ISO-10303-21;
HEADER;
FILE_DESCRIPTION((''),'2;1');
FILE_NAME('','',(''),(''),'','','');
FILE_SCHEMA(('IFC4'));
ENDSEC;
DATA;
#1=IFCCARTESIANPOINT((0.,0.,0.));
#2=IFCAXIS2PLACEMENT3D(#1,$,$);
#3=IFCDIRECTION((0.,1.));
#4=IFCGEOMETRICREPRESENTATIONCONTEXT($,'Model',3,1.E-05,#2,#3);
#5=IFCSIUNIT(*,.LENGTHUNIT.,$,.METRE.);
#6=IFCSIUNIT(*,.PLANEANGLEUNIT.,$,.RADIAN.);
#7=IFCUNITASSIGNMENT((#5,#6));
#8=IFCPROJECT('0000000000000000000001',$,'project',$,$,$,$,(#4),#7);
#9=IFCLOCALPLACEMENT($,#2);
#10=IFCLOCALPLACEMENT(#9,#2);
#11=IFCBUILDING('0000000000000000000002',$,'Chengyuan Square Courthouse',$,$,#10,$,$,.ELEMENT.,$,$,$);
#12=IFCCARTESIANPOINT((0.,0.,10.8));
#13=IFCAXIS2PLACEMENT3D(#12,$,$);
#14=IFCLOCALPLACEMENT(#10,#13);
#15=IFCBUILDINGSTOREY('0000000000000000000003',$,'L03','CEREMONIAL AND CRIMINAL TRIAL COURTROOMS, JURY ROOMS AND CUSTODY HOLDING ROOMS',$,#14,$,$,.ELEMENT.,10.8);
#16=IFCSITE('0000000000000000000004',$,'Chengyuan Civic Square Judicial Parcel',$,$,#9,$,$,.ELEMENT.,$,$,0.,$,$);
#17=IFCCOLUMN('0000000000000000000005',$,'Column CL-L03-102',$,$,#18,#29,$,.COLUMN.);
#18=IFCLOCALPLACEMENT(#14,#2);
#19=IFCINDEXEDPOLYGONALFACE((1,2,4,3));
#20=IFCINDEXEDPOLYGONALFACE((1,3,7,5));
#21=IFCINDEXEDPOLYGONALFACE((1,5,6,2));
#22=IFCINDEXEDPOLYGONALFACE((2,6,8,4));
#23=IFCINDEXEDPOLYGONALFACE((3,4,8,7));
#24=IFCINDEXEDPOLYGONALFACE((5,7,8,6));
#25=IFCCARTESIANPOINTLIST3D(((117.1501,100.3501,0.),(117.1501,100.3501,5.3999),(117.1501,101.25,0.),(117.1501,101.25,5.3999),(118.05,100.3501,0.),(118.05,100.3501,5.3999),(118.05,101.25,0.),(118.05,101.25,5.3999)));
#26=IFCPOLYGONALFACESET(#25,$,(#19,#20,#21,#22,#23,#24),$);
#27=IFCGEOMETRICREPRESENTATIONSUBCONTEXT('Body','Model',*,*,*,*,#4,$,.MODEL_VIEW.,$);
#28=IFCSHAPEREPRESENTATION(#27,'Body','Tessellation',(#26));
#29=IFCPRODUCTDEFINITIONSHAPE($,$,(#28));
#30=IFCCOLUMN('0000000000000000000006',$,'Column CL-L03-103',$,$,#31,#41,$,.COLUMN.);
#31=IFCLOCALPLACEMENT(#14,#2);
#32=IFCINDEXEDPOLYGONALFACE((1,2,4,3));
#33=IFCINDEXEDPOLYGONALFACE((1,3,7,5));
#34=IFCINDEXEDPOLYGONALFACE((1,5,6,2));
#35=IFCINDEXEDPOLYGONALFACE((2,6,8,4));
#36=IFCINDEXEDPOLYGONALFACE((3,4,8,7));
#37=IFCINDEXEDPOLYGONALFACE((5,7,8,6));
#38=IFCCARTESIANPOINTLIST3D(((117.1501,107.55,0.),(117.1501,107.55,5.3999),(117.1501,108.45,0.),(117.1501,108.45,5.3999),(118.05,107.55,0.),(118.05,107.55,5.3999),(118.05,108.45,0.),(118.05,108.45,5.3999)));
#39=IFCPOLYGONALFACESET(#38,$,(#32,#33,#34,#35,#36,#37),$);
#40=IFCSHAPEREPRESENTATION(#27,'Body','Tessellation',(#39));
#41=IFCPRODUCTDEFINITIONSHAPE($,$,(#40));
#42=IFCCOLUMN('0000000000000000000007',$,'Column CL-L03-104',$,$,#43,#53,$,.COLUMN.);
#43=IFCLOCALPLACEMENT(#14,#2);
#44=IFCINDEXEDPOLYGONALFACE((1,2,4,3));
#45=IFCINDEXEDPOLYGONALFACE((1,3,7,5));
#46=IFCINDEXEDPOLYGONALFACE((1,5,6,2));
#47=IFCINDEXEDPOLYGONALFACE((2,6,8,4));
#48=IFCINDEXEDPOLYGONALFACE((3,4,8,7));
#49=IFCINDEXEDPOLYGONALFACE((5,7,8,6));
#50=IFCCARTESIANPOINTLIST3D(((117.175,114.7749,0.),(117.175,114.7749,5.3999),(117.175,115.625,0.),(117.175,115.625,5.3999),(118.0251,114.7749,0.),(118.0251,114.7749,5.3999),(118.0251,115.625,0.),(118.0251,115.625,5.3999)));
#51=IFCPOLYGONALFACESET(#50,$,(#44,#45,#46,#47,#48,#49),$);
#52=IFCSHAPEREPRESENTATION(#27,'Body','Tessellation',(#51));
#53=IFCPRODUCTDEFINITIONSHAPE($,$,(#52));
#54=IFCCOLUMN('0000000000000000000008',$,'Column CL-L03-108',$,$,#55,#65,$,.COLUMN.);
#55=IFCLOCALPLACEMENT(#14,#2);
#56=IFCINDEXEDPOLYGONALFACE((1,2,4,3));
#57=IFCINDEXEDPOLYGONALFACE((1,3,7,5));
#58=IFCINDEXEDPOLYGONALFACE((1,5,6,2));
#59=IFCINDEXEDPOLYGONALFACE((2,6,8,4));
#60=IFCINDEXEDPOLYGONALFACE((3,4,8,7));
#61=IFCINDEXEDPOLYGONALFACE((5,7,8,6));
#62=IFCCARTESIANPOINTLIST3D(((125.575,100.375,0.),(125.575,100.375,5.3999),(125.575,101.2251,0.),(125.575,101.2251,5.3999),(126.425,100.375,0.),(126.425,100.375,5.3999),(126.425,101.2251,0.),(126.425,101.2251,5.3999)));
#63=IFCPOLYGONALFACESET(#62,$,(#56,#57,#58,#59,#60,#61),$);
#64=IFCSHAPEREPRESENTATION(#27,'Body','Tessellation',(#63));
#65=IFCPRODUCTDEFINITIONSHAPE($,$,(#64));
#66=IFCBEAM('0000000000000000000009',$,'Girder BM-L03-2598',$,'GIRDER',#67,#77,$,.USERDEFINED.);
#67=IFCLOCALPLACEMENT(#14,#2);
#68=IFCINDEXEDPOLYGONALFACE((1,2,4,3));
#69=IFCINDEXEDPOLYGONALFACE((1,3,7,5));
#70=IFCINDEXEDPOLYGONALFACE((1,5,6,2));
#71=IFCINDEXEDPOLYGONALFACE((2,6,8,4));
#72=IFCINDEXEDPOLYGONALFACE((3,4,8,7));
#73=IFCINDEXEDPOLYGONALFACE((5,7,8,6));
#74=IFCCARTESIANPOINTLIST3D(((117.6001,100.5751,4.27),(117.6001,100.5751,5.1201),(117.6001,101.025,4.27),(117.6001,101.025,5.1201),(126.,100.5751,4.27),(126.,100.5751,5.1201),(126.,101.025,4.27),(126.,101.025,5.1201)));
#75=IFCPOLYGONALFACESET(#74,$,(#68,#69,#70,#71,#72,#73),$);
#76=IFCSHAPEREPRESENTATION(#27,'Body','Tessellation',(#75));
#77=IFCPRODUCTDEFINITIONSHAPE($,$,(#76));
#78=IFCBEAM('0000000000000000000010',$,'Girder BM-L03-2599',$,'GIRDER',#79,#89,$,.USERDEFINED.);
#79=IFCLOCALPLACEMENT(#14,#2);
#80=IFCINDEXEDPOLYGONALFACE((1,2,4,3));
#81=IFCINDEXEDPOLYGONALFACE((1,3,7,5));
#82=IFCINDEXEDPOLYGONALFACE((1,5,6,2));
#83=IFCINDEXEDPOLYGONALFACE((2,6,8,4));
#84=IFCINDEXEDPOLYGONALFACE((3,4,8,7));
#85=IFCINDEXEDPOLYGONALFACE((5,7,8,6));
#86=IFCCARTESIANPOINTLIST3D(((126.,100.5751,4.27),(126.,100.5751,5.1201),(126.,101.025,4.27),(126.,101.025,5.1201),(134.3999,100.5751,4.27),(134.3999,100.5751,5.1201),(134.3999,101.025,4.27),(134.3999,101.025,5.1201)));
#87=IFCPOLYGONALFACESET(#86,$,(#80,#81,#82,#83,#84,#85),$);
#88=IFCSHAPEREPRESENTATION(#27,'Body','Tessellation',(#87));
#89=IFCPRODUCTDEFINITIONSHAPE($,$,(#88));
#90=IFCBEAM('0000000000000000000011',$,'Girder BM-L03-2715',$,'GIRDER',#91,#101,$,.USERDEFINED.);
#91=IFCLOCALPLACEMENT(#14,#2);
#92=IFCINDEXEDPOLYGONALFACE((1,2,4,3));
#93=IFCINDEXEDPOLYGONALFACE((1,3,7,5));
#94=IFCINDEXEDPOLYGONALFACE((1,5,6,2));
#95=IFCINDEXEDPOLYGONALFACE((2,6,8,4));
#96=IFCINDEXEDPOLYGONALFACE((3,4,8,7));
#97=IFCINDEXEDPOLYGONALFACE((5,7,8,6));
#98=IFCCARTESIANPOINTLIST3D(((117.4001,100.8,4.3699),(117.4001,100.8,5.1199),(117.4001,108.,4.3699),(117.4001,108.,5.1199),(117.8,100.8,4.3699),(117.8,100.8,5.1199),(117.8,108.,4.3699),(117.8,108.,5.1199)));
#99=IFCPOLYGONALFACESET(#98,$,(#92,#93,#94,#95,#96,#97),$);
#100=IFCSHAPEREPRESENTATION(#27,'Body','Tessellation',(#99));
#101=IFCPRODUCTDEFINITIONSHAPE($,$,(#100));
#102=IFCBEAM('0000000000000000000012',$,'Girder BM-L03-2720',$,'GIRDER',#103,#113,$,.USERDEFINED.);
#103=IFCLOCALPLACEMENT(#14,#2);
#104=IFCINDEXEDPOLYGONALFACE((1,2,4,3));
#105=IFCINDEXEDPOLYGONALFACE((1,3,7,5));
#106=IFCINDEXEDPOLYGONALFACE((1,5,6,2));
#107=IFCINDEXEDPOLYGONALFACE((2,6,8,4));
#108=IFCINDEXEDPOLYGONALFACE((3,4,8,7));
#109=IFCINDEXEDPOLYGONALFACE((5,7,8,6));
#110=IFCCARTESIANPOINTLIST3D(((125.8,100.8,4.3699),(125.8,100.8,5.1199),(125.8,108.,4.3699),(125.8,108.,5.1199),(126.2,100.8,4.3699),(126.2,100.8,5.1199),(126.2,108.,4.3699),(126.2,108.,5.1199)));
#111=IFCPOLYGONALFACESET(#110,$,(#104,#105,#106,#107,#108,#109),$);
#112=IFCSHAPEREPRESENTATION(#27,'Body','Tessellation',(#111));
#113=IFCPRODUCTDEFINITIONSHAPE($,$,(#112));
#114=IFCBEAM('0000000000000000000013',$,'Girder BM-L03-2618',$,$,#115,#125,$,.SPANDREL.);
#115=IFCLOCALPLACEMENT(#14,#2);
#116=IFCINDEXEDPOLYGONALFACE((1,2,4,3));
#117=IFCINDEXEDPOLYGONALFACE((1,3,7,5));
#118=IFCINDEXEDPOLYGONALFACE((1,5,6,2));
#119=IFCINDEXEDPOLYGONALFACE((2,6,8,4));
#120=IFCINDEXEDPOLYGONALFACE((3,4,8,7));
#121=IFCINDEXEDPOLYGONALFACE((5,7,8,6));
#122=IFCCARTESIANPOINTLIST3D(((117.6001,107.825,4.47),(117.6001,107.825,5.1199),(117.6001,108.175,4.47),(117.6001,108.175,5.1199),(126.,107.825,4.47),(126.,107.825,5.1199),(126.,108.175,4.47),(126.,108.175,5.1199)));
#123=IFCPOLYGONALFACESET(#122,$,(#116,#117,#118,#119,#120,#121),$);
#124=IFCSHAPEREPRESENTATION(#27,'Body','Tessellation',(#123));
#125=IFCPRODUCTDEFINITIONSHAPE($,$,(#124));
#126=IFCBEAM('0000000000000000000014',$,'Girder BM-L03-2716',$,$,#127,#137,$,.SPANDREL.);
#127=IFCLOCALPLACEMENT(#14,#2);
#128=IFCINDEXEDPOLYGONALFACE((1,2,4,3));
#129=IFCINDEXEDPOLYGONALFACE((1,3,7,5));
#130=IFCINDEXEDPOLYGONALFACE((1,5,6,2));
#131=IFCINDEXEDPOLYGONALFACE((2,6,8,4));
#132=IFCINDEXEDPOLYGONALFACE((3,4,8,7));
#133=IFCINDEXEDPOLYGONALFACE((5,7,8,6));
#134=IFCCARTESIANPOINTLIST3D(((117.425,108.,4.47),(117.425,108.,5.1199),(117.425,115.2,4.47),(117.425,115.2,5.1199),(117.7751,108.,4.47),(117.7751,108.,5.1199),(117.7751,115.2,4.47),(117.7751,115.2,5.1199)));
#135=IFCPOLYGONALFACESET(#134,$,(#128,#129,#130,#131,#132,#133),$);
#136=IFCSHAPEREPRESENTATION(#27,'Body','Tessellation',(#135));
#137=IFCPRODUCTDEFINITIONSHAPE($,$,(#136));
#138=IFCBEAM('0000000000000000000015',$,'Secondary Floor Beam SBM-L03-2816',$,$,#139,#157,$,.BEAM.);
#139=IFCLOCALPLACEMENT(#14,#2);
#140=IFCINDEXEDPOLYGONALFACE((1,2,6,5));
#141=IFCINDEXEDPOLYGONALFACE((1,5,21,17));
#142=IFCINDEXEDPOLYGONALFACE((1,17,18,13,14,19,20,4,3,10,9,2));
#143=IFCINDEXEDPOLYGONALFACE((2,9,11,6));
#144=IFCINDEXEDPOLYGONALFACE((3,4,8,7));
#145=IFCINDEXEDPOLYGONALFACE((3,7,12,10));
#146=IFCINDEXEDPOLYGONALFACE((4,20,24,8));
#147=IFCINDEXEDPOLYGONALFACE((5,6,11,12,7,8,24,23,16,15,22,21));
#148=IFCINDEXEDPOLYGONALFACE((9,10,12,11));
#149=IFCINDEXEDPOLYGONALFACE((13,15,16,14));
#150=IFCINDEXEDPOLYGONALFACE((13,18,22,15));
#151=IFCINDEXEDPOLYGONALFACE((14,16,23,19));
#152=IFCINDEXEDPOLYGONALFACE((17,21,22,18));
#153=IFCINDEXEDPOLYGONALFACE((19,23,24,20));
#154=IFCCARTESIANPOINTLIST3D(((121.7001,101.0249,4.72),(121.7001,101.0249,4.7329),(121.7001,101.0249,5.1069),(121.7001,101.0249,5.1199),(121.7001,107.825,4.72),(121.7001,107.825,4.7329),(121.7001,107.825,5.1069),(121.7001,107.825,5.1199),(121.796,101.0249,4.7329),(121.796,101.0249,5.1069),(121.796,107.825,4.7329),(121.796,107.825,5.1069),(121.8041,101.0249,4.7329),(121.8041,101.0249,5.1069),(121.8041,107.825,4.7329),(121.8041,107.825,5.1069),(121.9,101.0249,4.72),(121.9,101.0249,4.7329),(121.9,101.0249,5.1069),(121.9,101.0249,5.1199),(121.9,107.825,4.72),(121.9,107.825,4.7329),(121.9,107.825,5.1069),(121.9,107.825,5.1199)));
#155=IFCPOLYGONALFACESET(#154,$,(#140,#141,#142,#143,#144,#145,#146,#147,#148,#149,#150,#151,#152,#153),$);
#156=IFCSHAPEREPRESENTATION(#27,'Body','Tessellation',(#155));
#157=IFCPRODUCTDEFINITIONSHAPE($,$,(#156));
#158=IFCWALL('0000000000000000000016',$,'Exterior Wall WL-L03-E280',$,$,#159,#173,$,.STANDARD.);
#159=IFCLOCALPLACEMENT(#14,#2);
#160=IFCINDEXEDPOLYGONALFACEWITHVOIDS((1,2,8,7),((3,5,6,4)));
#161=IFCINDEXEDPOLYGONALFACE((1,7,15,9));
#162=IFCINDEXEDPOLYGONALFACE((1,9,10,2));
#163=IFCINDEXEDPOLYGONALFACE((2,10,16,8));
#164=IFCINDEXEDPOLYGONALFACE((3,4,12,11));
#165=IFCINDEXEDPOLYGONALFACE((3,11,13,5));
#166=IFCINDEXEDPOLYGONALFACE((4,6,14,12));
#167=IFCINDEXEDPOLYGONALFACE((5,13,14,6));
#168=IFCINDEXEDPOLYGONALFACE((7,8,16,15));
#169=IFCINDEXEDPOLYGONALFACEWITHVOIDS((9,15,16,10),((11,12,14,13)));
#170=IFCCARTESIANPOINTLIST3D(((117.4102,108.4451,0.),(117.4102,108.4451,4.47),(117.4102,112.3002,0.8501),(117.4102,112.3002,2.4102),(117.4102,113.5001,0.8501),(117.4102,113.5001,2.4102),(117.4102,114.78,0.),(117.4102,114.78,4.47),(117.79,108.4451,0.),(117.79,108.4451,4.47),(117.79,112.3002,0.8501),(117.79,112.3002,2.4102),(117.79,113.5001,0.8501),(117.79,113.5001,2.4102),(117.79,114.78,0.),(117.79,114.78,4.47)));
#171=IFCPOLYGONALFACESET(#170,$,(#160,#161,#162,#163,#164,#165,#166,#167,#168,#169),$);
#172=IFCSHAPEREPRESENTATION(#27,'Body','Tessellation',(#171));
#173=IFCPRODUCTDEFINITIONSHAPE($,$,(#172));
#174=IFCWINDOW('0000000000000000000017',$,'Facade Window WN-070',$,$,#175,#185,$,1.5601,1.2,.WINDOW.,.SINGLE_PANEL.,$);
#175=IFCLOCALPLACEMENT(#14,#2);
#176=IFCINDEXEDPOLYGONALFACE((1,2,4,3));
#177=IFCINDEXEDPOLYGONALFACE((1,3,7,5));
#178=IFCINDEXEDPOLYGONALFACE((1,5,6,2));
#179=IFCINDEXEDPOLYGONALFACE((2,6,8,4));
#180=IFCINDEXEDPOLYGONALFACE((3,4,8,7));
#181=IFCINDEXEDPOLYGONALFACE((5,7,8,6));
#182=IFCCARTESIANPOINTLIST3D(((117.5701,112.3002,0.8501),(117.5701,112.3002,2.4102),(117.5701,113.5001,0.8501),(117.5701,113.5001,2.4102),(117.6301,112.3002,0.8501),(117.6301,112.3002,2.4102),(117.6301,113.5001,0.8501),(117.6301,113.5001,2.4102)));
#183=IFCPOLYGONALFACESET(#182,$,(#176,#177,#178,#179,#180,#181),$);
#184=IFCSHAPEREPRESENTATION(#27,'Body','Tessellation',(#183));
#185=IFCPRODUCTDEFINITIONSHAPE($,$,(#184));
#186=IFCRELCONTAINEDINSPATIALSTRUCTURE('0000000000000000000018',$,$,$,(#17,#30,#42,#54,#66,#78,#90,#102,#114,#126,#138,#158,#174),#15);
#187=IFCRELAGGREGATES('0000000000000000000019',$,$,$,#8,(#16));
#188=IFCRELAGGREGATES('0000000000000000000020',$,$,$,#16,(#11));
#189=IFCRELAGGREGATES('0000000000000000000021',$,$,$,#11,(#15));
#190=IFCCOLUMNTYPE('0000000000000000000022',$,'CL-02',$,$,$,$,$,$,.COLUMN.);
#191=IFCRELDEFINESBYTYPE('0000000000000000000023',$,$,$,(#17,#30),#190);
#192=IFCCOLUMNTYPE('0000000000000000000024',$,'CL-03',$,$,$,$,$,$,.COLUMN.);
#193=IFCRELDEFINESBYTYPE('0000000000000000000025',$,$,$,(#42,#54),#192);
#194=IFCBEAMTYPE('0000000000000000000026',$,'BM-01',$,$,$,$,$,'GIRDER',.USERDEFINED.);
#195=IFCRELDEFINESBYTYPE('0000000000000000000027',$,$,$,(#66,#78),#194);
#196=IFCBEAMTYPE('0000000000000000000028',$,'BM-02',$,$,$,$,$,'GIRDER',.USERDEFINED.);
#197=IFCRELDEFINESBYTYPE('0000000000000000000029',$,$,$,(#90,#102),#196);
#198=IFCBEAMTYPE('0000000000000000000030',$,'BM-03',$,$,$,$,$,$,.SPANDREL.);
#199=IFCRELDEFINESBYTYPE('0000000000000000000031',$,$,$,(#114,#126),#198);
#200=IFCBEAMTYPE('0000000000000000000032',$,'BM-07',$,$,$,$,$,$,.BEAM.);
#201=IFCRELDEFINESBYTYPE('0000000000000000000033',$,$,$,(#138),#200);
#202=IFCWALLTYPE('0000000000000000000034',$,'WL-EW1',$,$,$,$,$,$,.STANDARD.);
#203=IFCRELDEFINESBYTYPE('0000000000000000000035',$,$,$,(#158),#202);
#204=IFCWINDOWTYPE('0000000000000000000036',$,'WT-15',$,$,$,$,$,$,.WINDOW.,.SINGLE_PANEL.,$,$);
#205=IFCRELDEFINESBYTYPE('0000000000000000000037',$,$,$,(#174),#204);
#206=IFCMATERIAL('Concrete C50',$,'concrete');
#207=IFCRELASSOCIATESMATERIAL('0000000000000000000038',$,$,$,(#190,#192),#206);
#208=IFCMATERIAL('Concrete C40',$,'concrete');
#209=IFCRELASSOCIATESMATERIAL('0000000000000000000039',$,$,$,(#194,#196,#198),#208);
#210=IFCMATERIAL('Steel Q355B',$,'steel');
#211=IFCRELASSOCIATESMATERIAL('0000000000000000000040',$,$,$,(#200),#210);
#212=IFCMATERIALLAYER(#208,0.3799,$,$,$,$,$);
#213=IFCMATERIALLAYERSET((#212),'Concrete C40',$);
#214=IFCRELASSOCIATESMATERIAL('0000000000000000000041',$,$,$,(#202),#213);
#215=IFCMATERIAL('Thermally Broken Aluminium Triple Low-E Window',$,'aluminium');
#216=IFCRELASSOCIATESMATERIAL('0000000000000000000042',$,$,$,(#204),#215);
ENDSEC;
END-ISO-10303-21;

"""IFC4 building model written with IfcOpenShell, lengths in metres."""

from ifc_helpers import new_model, si_unit, direction, frame, frame_2d, origin, origin_2d, place, context, subcontext, project, spatial, rectangle, i_section, extrude, material, layer, layer_set, material_profile, profile_set, type_object, element, fill, save


model = new_model("IFC4")

# Units and contexts
model_context = context("Model", 3, precision=1e-05, world=origin(), true_north=direction((0.0, 1.0)))
body_context = subcontext(model_context, "Body", "Model", "MODEL_VIEW")
ifc_project = project(units=[si_unit("LENGTHUNIT", "METRE"), si_unit("PLANEANGLEUNIT", "RADIAN")], contexts=[model_context])

# Site, building, storey
site_placement = place(None, origin())
site = spatial("IfcSite", under=ifc_project, at=site_placement, Name="Chengyuan Civic Square Judicial Parcel", CompositionType="ELEMENT", RefElevation=0.0)
building_placement = place(site_placement, origin())
building = spatial("IfcBuilding", under=site, at=building_placement, Name="Chengyuan Square Courthouse", CompositionType="ELEMENT")
storey_placement = place(building_placement, frame((0.0, 0.0, 10.8)))
storey = spatial("IfcBuildingStorey", under=building, at=storey_placement, Name="L03", Description="CEREMONIAL AND CRIMINAL TRIAL COURTROOMS, JURY ROOMS AND CUSTODY HOLDING ROOMS", CompositionType="ELEMENT", Elevation=10.8)

# Columns
ifc_material_1 = material(Name="Concrete C50", Category="concrete")
ifc_material_profile_1 = material_profile(ifc_material_1, rectangle(XDim=0.8999, YDim=0.8999, at=origin_2d()), Name="RC-COL-900x900")
ifc_profile_set_1 = profile_set([ifc_material_profile_1], Name="Concrete C50")
column_type_1 = type_object("IfcColumnType", Name="CL-02", PredefinedType="COLUMN", material=ifc_profile_set_1)
for number, where, z_axis, x_axis, name in (
    (1, (117.6001, 100.8, 0.0), (0.0, 0.0, 1.0), (1.0, 0.0, 0.0), "Column CL-L03-102"),
    (2, (117.6001, 108.0, 0.0), (0.0, 0.0, 1.0), (1.0, 0.0, 0.0), "Column CL-L03-103"),
):
    element("IfcColumn", number, at=place(storey_placement, frame(where, z_axis=z_axis, x_axis=x_axis)), inside=storey, type_object=column_type_1, Name=name, PredefinedType="COLUMN", context=body_context, shape_type="SweptSolid", body=[
        extrude(rectangle(XDim=0.8999, YDim=0.8999, at=origin_2d()), origin(), (0.0, 0.0, 1.0), 5.3999),
    ])
ifc_material_profile_2 = material_profile(ifc_material_1, rectangle(XDim=0.8501, YDim=0.8501, at=origin_2d()), Name="RC-COL-850x850")
ifc_profile_set_2 = profile_set([ifc_material_profile_2], Name="Concrete C50")
column_type_2 = type_object("IfcColumnType", Name="CL-03", PredefinedType="COLUMN", material=ifc_profile_set_2)
for number, where, z_axis, x_axis, name in (
    (3, (117.6001, 115.2, 0.0), (0.0, 0.0, 1.0), (1.0, 0.0, 0.0), "Column CL-L03-104"),
    (4, (126.0, 100.8, 0.0), (0.0, 0.0, 1.0), (1.0, 0.0, 0.0), "Column CL-L03-108"),
):
    element("IfcColumn", number, at=place(storey_placement, frame(where, z_axis=z_axis, x_axis=x_axis)), inside=storey, type_object=column_type_2, Name=name, PredefinedType="COLUMN", context=body_context, shape_type="SweptSolid", body=[
        extrude(rectangle(XDim=0.8501, YDim=0.8501, at=origin_2d()), origin(), (0.0, 0.0, 1.0), 5.3999),
    ])

# Beams
ifc_material_2 = material(Name="Concrete C40", Category="concrete")
ifc_material_profile_3 = material_profile(ifc_material_2, rectangle(XDim=0.45, YDim=0.8501, at=origin_2d()), Name="RC-BM-450x850")
ifc_profile_set_3 = profile_set([ifc_material_profile_3], Name="Concrete C40")
beam_type_1 = type_object("IfcBeamType", Name="BM-01", ElementType="GIRDER", PredefinedType="USERDEFINED", material=ifc_profile_set_3)
for number, where, z_axis, x_axis, name in (
    (5, (117.6001, 100.8, 4.6951), (1.0, 0.0, 0.0), (0.0, 1.0, 0.0), "Girder BM-L03-2598"),
    (6, (126.0, 100.8, 4.6951), (1.0, 0.0, 0.0), (0.0, 1.0, 0.0), "Girder BM-L03-2599"),
):
    element("IfcBeam", number, at=place(storey_placement, frame(where, z_axis=z_axis, x_axis=x_axis)), inside=storey, type_object=beam_type_1, Name=name, ObjectType="GIRDER", PredefinedType="USERDEFINED", context=body_context, shape_type="SweptSolid", body=[
        extrude(rectangle(XDim=0.45, YDim=0.8501, at=origin_2d()), origin(), (0.0, 0.0, 1.0), 8.3999),
    ])
ifc_material_profile_4 = material_profile(ifc_material_2, rectangle(XDim=0.3999, YDim=0.75, at=origin_2d()), Name="RC-BM-400x750")
ifc_profile_set_4 = profile_set([ifc_material_profile_4], Name="Concrete C40")
beam_type_2 = type_object("IfcBeamType", Name="BM-02", ElementType="GIRDER", PredefinedType="USERDEFINED", material=ifc_profile_set_4)
for number, where, z_axis, x_axis, name in (
    (7, (117.6001, 100.8, 4.7449), (0.0, 1.0, 0.0), (-1.0, 0.0, 0.0), "Girder BM-L03-2715"),
    (8, (126.0, 100.8, 4.7449), (0.0, 1.0, 0.0), (-1.0, 0.0, 0.0), "Girder BM-L03-2720"),
):
    element("IfcBeam", number, at=place(storey_placement, frame(where, z_axis=z_axis, x_axis=x_axis)), inside=storey, type_object=beam_type_2, Name=name, ObjectType="GIRDER", PredefinedType="USERDEFINED", context=body_context, shape_type="SweptSolid", body=[
        extrude(rectangle(XDim=0.3999, YDim=0.75, at=origin_2d()), origin(), (0.0, 0.0, 1.0), 7.2),
    ])
ifc_material_profile_5 = material_profile(ifc_material_2, rectangle(XDim=0.3501, YDim=0.6499, at=origin_2d()), Name="RC-BM-350x650")
ifc_profile_set_5 = profile_set([ifc_material_profile_5], Name="Concrete C40")
beam_type_3 = type_object("IfcBeamType", Name="BM-03", PredefinedType="SPANDREL", material=ifc_profile_set_5)
beam_1_placement = place(storey_placement, frame((117.6001, 108.0, 4.7949), z_axis=(1.0, 0.0, 0.0), x_axis=(0.0, 1.0, 0.0)))
element("IfcBeam", 9, at=beam_1_placement, inside=storey, type_object=beam_type_3, Name="Girder BM-L03-2618", PredefinedType="SPANDREL", context=body_context, shape_type="SweptSolid", body=[
    extrude(rectangle(XDim=0.3501, YDim=0.6499, at=origin_2d()), origin(), (0.0, 0.0, 1.0), 8.3999),
])
beam_2_placement = place(storey_placement, frame((117.6001, 108.0, 4.7949), z_axis=(0.0, 1.0, 0.0), x_axis=(-1.0, 0.0, 0.0)))
element("IfcBeam", 10, at=beam_2_placement, inside=storey, type_object=beam_type_3, Name="Girder BM-L03-2716", PredefinedType="SPANDREL", context=body_context, shape_type="SweptSolid", body=[
    extrude(rectangle(XDim=0.3501, YDim=0.6499, at=origin_2d()), origin(), (0.0, 0.0, 1.0), 7.2),
])
ifc_material_3 = material(Name="Steel Q355B", Category="steel")
ifc_material_profile_6 = material_profile(ifc_material_3, i_section(OverallWidth=0.2, OverallDepth=0.3999, WebThickness=0.0081, FlangeThickness=0.0129, at=origin_2d()), Name="HN 400x200x8x13")
ifc_profile_set_6 = profile_set([ifc_material_profile_6], Name="Steel Q355B")
beam_type_4 = type_object("IfcBeamType", Name="BM-07", PredefinedType="BEAM", material=ifc_profile_set_6)
beam_3_placement = place(storey_placement, frame((121.8, 101.0249, 4.9199), z_axis=(0.0, 1.0, 0.0), x_axis=(-1.0, 0.0, 0.0)))
element("IfcBeam", 11, at=beam_3_placement, inside=storey, type_object=beam_type_4, Name="Secondary Floor Beam SBM-L03-2816", PredefinedType="BEAM", context=body_context, shape_type="SweptSolid", body=[
    extrude(i_section(OverallWidth=0.2, OverallDepth=0.3999, WebThickness=0.0081, FlangeThickness=0.0129, at=origin_2d()), origin(), (0.0, 0.0, 1.0), 6.8),
])

# Wall, opening, window
ifc_layer_1 = layer(ifc_material_2, 0.3799)
ifc_layer_set_1 = layer_set([ifc_layer_1], Name="Concrete C40")
wall_type_1 = type_object("IfcWallType", Name="WL-EW1", PredefinedType="STANDARD", material=ifc_layer_set_1)
wall_1_placement = place(storey_placement, frame((117.6001, 108.4451, 0.0), z_axis=(0.0, 0.0, 1.0), x_axis=(0.0, 1.0, 0.0)))
wall_1 = element("IfcWall", 12, at=wall_1_placement, inside=storey, type_object=wall_type_1, Name="Exterior Wall WL-L03-E280", PredefinedType="STANDARD", context=body_context, shape_type="SweptSolid", body=[
    extrude(rectangle(XDim=6.335, YDim=0.3799, at=frame_2d((3.1675, 0.0))), origin(), (0.0, 0.0, 1.0), 4.47),
])
opening_1_placement = place(wall_1_placement, frame((3.855, 0.0, 0.8501)))
opening_1 = element("IfcOpeningElement", 13, at=opening_1_placement, cuts=wall_1, PredefinedType="OPENING", context=body_context, shape_type="SweptSolid", body=[
    extrude(rectangle(XDim=1.2, YDim=1.5601, at=frame_2d((0.6001, 0.78))), frame((0.0, 0.2019, 0.0), z_axis=(0.0, -1.0, 0.0), x_axis=(1.0, 0.0, 0.0)), (0.0, 0.0, 1.0), 0.4038),
])
ifc_material_4 = material(Name="Thermally Broken Aluminium Triple Low-E Window", Category="aluminium")
window_type = type_object("IfcWindowType", Name="WT-15", PartitioningType="SINGLE_PANEL", PredefinedType="WINDOW", material=ifc_material_4)
window_placement = place(opening_1_placement, origin())
window = element("IfcWindow", 14, at=window_placement, inside=storey, type_object=window_type, Name="Facade Window WN-070", OverallHeight=1.5601, OverallWidth=1.2, PartitioningType="SINGLE_PANEL", PredefinedType="WINDOW", context=body_context, shape_type="SweptSolid", body=[
    extrude(rectangle(XDim=1.2, YDim=1.5601, at=frame_2d((0.6001, 0.78))), frame((0.0, 0.03, 0.0), z_axis=(0.0, -1.0, 0.0), x_axis=(1.0, 0.0, 0.0)), (0.0, 0.0, 1.0), 0.0601),
])
fill(opening_1, window)

save(model, "model.ifc")
